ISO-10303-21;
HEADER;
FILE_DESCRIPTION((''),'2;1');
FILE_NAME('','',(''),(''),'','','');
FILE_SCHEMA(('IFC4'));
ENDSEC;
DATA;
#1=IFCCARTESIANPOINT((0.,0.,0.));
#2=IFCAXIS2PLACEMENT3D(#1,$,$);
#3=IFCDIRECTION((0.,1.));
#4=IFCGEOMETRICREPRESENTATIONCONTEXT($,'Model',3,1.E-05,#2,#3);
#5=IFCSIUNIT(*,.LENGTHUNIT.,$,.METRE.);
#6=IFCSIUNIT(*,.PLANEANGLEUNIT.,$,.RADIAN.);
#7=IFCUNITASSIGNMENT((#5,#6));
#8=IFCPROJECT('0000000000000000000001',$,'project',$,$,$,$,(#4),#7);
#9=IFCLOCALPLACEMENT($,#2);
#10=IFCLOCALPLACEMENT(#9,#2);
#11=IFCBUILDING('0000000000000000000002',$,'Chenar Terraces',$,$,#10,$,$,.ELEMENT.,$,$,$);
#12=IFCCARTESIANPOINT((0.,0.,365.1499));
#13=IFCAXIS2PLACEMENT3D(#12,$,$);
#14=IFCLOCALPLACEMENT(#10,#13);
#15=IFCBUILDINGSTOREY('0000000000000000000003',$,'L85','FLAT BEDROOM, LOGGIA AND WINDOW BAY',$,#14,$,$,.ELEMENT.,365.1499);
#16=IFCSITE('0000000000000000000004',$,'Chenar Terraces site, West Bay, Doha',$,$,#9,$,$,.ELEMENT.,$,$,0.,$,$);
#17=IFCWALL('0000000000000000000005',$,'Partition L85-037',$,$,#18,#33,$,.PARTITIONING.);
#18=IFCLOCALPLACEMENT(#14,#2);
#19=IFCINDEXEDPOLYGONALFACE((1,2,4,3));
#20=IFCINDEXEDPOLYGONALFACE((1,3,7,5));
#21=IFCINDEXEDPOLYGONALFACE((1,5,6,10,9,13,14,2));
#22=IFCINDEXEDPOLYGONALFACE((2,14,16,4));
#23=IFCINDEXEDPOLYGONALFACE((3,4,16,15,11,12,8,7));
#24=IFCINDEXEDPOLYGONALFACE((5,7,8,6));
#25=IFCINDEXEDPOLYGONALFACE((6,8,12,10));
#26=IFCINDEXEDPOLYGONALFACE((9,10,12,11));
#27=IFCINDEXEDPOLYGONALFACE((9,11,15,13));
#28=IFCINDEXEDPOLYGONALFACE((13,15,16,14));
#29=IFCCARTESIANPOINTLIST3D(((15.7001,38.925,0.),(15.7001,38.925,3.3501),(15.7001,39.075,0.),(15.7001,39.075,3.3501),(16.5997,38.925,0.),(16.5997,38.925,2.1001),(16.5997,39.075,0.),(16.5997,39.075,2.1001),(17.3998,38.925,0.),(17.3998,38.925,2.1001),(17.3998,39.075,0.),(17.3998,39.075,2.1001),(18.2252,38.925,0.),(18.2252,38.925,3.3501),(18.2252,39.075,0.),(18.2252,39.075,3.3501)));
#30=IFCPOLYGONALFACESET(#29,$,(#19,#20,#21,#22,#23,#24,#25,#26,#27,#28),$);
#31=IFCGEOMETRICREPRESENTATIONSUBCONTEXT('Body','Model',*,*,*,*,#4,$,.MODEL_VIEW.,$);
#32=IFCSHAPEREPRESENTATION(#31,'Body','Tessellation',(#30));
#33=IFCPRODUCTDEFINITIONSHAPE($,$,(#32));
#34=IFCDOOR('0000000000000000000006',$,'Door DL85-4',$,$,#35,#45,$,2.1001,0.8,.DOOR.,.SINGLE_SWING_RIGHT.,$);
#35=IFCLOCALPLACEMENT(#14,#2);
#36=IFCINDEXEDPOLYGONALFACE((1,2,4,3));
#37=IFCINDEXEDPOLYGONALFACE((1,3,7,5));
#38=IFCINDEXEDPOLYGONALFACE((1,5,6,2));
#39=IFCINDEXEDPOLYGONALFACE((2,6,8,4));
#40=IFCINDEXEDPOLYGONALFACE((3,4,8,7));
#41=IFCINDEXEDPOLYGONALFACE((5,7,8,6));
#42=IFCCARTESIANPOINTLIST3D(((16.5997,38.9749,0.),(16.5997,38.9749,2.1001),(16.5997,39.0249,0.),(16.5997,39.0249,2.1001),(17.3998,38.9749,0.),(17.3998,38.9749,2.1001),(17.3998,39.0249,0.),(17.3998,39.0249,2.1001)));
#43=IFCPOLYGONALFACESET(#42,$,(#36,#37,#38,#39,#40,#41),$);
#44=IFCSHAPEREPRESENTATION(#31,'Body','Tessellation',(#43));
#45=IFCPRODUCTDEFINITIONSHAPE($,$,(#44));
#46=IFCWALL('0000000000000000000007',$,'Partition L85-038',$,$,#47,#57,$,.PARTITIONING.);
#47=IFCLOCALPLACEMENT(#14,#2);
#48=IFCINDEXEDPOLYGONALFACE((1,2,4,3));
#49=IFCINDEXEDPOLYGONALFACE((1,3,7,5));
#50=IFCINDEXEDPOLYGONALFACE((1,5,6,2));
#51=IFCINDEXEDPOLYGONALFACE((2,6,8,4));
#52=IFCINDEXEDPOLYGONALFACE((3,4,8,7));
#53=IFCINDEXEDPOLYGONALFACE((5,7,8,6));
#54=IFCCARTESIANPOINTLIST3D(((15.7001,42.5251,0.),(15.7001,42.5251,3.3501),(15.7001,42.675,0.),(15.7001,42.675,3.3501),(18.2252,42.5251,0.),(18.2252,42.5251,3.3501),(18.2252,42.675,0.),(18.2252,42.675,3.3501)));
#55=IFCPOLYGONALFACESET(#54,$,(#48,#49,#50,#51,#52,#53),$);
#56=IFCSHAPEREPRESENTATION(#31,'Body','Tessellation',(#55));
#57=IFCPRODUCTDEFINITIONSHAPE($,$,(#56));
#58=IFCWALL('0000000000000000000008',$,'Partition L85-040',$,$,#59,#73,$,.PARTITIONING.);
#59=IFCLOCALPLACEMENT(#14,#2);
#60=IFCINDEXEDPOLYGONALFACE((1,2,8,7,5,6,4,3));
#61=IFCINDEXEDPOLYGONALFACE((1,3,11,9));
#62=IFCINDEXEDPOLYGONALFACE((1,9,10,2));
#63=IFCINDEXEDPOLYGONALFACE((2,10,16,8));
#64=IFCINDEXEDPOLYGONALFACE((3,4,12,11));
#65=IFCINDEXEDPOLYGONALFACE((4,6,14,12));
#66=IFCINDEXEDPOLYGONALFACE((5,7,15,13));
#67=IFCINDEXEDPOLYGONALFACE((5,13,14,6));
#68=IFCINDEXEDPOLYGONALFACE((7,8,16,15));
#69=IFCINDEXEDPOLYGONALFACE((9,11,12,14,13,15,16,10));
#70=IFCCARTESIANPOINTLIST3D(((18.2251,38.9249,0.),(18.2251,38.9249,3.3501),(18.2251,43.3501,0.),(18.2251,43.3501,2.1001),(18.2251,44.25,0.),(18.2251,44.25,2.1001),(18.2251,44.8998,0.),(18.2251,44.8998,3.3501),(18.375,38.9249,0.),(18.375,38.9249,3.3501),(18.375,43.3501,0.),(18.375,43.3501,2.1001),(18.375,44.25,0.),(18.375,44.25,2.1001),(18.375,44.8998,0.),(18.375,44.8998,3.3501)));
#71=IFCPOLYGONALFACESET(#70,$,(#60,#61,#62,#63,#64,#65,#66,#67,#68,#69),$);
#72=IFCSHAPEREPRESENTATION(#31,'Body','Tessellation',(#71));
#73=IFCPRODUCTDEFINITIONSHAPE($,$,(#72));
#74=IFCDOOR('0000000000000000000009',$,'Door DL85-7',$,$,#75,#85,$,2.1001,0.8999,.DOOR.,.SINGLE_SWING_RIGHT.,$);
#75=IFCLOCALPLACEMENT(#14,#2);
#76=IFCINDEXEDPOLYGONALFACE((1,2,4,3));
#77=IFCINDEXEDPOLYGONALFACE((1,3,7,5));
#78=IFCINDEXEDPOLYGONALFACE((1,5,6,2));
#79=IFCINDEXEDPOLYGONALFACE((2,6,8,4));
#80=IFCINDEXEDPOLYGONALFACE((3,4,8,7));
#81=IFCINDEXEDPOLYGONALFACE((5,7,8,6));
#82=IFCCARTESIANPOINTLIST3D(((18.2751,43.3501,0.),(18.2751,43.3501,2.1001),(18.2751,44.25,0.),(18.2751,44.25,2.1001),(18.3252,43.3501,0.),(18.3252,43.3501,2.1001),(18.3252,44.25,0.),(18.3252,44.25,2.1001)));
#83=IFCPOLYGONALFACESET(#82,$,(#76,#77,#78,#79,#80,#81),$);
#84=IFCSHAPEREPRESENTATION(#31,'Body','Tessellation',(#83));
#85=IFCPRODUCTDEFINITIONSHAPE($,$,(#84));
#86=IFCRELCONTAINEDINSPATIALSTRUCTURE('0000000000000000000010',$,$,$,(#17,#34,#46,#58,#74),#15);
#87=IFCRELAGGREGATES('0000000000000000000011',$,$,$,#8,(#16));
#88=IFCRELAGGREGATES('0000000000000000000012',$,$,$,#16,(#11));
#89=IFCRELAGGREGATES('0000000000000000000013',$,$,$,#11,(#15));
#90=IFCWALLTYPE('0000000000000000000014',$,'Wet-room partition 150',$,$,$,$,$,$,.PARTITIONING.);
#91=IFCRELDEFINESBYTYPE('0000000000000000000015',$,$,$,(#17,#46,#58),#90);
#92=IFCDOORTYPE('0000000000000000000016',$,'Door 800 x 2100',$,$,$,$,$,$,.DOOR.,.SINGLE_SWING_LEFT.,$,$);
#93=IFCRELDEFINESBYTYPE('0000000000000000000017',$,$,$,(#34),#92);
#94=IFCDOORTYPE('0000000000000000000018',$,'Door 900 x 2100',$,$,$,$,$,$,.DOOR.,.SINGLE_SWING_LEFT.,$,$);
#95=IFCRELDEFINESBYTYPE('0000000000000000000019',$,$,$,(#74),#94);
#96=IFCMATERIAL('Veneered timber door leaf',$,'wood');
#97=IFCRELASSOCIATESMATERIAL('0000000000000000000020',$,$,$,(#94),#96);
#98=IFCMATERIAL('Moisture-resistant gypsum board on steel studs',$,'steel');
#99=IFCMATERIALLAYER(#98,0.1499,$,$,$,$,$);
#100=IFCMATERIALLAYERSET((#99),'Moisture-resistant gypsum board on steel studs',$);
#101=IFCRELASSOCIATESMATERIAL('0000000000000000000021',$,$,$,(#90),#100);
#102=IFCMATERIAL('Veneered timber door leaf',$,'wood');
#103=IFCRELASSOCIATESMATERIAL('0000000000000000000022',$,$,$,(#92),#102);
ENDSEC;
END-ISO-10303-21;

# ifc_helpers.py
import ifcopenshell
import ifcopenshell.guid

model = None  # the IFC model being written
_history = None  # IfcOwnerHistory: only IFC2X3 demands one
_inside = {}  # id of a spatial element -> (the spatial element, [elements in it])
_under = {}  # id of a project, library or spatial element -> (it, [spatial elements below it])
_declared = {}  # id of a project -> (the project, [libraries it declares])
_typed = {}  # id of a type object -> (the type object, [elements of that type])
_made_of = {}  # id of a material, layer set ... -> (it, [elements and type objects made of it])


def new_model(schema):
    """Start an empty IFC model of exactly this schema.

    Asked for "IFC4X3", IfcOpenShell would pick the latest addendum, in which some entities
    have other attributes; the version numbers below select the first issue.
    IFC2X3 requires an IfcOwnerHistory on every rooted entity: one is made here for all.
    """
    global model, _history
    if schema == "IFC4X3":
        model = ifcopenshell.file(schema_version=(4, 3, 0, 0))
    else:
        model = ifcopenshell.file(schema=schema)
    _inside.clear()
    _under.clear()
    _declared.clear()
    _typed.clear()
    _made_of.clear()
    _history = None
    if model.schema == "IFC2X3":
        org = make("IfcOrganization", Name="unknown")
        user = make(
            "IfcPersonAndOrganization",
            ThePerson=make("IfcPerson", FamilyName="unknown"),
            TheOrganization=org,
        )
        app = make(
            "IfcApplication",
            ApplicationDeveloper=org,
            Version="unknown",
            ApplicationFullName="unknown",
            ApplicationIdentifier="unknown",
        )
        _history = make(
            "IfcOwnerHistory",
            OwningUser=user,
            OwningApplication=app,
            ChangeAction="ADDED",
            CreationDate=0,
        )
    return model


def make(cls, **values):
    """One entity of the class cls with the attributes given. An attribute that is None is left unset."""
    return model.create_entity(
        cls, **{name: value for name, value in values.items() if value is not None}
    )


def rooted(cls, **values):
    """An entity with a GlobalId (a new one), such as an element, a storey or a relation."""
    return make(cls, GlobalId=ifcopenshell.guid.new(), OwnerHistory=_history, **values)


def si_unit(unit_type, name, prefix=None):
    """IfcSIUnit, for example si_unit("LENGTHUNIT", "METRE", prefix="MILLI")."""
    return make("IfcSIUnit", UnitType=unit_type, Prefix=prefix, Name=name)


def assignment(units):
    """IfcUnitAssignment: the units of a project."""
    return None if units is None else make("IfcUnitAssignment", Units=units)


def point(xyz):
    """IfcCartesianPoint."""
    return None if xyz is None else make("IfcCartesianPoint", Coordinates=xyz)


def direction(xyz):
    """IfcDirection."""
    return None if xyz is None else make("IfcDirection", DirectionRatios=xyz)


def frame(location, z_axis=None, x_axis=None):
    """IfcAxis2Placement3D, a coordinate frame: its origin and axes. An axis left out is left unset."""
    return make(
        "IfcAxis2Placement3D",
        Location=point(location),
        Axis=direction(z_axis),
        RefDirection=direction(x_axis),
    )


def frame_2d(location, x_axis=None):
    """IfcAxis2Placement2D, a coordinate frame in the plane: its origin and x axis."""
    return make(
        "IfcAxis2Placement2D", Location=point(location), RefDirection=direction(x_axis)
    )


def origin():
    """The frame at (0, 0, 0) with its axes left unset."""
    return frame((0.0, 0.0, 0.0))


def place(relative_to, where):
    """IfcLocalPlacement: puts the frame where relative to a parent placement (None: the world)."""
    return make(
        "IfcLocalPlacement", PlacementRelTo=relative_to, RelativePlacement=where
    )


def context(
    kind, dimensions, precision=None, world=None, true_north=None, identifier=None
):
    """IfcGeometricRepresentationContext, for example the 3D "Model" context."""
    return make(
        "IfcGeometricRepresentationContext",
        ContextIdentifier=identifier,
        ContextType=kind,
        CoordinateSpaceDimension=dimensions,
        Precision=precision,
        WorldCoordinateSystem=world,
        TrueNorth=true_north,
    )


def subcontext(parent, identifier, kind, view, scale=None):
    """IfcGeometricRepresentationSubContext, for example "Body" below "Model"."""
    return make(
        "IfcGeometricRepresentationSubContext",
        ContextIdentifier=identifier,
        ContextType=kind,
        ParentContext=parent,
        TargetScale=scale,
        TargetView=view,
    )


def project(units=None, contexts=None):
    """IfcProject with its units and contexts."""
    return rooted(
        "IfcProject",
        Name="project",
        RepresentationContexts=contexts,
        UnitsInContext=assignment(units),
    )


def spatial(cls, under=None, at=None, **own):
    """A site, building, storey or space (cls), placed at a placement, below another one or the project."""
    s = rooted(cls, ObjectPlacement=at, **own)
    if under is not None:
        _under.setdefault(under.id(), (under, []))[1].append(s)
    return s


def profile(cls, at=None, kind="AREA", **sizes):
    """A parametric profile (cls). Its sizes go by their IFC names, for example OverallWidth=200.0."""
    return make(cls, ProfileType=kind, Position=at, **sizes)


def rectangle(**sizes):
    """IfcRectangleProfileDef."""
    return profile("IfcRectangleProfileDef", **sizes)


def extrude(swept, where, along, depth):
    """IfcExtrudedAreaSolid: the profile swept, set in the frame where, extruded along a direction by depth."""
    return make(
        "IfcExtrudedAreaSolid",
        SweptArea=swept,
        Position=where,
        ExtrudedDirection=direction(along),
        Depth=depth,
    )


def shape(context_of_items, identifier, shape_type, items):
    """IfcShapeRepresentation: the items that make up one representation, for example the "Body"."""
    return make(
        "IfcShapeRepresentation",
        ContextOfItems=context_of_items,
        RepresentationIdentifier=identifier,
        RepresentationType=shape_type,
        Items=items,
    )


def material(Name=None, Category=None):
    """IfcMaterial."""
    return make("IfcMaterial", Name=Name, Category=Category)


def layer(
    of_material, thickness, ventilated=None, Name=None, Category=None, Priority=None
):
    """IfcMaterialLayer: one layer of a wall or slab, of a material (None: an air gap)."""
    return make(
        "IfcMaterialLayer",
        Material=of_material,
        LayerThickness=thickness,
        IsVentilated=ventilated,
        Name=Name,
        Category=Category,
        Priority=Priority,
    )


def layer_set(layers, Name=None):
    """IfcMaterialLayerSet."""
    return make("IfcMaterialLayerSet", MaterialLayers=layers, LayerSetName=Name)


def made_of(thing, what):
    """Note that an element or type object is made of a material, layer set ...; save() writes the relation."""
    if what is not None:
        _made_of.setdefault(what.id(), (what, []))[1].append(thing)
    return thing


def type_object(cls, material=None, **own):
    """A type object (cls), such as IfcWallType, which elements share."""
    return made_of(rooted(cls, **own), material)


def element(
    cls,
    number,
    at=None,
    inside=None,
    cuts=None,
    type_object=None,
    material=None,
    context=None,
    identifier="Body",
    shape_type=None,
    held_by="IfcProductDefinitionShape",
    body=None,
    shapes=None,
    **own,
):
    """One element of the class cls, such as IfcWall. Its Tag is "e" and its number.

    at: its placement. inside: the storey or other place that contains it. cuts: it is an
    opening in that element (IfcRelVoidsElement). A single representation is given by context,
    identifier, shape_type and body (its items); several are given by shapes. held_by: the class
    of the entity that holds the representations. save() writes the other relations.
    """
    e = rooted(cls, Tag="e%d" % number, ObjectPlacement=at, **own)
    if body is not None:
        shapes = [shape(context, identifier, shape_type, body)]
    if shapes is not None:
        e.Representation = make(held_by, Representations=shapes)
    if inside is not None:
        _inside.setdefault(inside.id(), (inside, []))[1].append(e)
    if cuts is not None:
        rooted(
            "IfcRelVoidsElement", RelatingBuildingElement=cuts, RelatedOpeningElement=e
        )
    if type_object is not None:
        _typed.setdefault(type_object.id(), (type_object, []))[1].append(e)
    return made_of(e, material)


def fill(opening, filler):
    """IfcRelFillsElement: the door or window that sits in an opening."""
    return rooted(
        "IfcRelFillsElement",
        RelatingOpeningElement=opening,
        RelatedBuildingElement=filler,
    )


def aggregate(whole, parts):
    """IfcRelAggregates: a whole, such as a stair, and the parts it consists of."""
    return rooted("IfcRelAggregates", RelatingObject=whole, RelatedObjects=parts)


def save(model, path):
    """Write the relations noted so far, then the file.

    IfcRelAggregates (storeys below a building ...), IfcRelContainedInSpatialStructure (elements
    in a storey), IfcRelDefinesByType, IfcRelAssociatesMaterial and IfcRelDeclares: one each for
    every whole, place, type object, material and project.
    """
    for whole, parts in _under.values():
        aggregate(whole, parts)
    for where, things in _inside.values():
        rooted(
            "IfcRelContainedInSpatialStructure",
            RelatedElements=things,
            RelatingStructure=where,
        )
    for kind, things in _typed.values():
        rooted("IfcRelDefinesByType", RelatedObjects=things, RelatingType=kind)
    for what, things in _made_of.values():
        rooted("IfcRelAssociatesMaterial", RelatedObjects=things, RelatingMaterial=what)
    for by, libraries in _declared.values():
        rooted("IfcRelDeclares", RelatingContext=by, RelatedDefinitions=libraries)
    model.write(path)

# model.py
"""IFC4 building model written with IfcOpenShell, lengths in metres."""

from ifc_helpers import new_model, si_unit, direction, frame, frame_2d, origin, place, context, subcontext, project, spatial, rectangle, extrude, material, layer, layer_set, type_object, element, fill, save


model = new_model("IFC4")

# Units and contexts
model_context = context("Model", 3, precision=1e-05, world=origin(), true_north=direction((0.0, 1.0)))
body_context = subcontext(model_context, "Body", "Model", "MODEL_VIEW")
ifc_project = project(units=[si_unit("LENGTHUNIT", "METRE"), si_unit("PLANEANGLEUNIT", "RADIAN")], contexts=[model_context])

# Site, building, storey
site_placement = place(None, origin())
site = spatial("IfcSite", under=ifc_project, at=site_placement, Name="Chenar Terraces site, West Bay, Doha", CompositionType="ELEMENT", RefElevation=0.0)
building_placement = place(site_placement, origin())
building = spatial("IfcBuilding", under=site, at=building_placement, Name="Chenar Terraces", CompositionType="ELEMENT")
storey_placement = place(building_placement, frame((0.0, 0.0, 365.1499)))
storey = spatial("IfcBuildingStorey", under=building, at=storey_placement, Name="L85", Description="FLAT BEDROOM, LOGGIA AND WINDOW BAY", CompositionType="ELEMENT", Elevation=365.1499)

# Shared definitions
ifc_material_1 = material(Name="Veneered timber door leaf", Category="wood")
door_type_1 = type_object("IfcDoorType", Name="Door 900 x 2100", OperationType="SINGLE_SWING_LEFT", PredefinedType="DOOR", material=ifc_material_1)

# Shared definitions
ifc_material_2 = material(Name="Moisture-resistant gypsum board on steel studs", Category="steel")
ifc_layer_1 = layer(ifc_material_2, 0.1499)
ifc_layer_set_1 = layer_set([ifc_layer_1], Name="Moisture-resistant gypsum board on steel studs")
wall_type_1 = type_object("IfcWallType", Name="Wet-room partition 150", PredefinedType="PARTITIONING", material=ifc_layer_set_1)

# Wall, opening, door
wall_1_placement = place(storey_placement, frame((15.7, 39.0, 0.0), z_axis=(0.0, 0.0, 1.0), x_axis=(1.0, 0.0, 0.0)))
wall_1 = element("IfcWall", 1, at=wall_1_placement, inside=storey, type_object=wall_type_1, Name="Partition L85-037", PredefinedType="PARTITIONING", context=body_context, shape_type="SweptSolid", body=[
    extrude(rectangle(XDim=2.5251, YDim=0.1499, at=frame_2d((1.2627, 0.0))), origin(), (0.0, 0.0, 1.0), 3.3501),
])
opening_1_placement = place(wall_1_placement, frame((0.8999, 0.0, 0.0)))
opening_1 = element("IfcOpeningElement", 2, at=opening_1_placement, cuts=wall_1, PredefinedType="OPENING", context=body_context, shape_type="SweptSolid", body=[
    extrude(rectangle(XDim=0.8, YDim=2.1001, at=frame_2d((0.3999, 1.05))), frame((0.0, 0.085, 0.0), z_axis=(0.0, -1.0, 0.0), x_axis=(1.0, 0.0, 0.0)), (0.0, 0.0, 1.0), 0.1699),
])
ifc_material_3 = material(Name="Veneered timber door leaf", Category="wood")
door_type_2 = type_object("IfcDoorType", Name="Door 800 x 2100", OperationType="SINGLE_SWING_LEFT", PredefinedType="DOOR", material=ifc_material_3)
door_1_placement = place(opening_1_placement, origin())
door_1 = element("IfcDoor", 3, at=door_1_placement, inside=storey, type_object=door_type_2, Name="Door DL85-4", OperationType="SINGLE_SWING_RIGHT", OverallHeight=2.1001, OverallWidth=0.8, PredefinedType="DOOR", context=body_context, shape_type="SweptSolid", body=[
    extrude(rectangle(XDim=0.8, YDim=2.1001, at=frame_2d((0.3999, 1.05))), frame((0.0, 0.0249, 0.0), z_axis=(0.0, -1.0, 0.0), x_axis=(1.0, 0.0, 0.0)), (0.0, 0.0, 1.0), 0.05),
])
fill(opening_1, door_1)

# Wall
wall_2_placement = place(storey_placement, frame((15.7, 42.6001, 0.0), z_axis=(0.0, 0.0, 1.0), x_axis=(1.0, 0.0, 0.0)))
element("IfcWall", 4, at=wall_2_placement, inside=storey, type_object=wall_type_1, Name="Partition L85-038", PredefinedType="PARTITIONING", context=body_context, shape_type="SweptSolid", body=[
    extrude(rectangle(XDim=2.5251, YDim=0.1499, at=frame_2d((1.2627, 0.0))), origin(), (0.0, 0.0, 1.0), 3.3501),
])

# Wall, opening, door
wall_3_placement = place(storey_placement, frame((18.3, 38.925, 0.0), z_axis=(0.0, 0.0, 1.0), x_axis=(0.0, 1.0, 0.0)))
wall_3 = element("IfcWall", 5, at=wall_3_placement, inside=storey, type_object=wall_type_1, Name="Partition L85-040", PredefinedType="PARTITIONING", context=body_context, shape_type="SweptSolid", body=[
    extrude(rectangle(XDim=5.9749, YDim=0.1499, at=frame_2d((2.9873, 0.0))), origin(), (0.0, 0.0, 1.0), 3.3501),
])
opening_2_placement = place(wall_3_placement, frame((4.425, 0.0, 0.0)))
opening_2 = element("IfcOpeningElement", 6, at=opening_2_placement, cuts=wall_3, PredefinedType="OPENING", context=body_context, shape_type="SweptSolid", body=[
    extrude(rectangle(XDim=0.8999, YDim=2.1001, at=frame_2d((0.45, 1.05))), frame((0.0, 0.085, 0.0), z_axis=(0.0, -1.0, 0.0), x_axis=(1.0, 0.0, 0.0)), (0.0, 0.0, 1.0), 0.1699),
])
door_2_placement = place(opening_2_placement, origin())
door_2 = element("IfcDoor", 7, at=door_2_placement, inside=storey, type_object=door_type_1, Name="Door DL85-7", OperationType="SINGLE_SWING_RIGHT", OverallHeight=2.1001, OverallWidth=0.8999, PredefinedType="DOOR", context=body_context, shape_type="SweptSolid", body=[
    extrude(rectangle(XDim=0.8999, YDim=2.1001, at=frame_2d((0.45, 1.05))), frame((0.0, 0.0249, 0.0), z_axis=(0.0, -1.0, 0.0), x_axis=(1.0, 0.0, 0.0)), (0.0, 0.0, 1.0), 0.05),
])
fill(opening_2, door_2)

save(model, "model.ifc")
